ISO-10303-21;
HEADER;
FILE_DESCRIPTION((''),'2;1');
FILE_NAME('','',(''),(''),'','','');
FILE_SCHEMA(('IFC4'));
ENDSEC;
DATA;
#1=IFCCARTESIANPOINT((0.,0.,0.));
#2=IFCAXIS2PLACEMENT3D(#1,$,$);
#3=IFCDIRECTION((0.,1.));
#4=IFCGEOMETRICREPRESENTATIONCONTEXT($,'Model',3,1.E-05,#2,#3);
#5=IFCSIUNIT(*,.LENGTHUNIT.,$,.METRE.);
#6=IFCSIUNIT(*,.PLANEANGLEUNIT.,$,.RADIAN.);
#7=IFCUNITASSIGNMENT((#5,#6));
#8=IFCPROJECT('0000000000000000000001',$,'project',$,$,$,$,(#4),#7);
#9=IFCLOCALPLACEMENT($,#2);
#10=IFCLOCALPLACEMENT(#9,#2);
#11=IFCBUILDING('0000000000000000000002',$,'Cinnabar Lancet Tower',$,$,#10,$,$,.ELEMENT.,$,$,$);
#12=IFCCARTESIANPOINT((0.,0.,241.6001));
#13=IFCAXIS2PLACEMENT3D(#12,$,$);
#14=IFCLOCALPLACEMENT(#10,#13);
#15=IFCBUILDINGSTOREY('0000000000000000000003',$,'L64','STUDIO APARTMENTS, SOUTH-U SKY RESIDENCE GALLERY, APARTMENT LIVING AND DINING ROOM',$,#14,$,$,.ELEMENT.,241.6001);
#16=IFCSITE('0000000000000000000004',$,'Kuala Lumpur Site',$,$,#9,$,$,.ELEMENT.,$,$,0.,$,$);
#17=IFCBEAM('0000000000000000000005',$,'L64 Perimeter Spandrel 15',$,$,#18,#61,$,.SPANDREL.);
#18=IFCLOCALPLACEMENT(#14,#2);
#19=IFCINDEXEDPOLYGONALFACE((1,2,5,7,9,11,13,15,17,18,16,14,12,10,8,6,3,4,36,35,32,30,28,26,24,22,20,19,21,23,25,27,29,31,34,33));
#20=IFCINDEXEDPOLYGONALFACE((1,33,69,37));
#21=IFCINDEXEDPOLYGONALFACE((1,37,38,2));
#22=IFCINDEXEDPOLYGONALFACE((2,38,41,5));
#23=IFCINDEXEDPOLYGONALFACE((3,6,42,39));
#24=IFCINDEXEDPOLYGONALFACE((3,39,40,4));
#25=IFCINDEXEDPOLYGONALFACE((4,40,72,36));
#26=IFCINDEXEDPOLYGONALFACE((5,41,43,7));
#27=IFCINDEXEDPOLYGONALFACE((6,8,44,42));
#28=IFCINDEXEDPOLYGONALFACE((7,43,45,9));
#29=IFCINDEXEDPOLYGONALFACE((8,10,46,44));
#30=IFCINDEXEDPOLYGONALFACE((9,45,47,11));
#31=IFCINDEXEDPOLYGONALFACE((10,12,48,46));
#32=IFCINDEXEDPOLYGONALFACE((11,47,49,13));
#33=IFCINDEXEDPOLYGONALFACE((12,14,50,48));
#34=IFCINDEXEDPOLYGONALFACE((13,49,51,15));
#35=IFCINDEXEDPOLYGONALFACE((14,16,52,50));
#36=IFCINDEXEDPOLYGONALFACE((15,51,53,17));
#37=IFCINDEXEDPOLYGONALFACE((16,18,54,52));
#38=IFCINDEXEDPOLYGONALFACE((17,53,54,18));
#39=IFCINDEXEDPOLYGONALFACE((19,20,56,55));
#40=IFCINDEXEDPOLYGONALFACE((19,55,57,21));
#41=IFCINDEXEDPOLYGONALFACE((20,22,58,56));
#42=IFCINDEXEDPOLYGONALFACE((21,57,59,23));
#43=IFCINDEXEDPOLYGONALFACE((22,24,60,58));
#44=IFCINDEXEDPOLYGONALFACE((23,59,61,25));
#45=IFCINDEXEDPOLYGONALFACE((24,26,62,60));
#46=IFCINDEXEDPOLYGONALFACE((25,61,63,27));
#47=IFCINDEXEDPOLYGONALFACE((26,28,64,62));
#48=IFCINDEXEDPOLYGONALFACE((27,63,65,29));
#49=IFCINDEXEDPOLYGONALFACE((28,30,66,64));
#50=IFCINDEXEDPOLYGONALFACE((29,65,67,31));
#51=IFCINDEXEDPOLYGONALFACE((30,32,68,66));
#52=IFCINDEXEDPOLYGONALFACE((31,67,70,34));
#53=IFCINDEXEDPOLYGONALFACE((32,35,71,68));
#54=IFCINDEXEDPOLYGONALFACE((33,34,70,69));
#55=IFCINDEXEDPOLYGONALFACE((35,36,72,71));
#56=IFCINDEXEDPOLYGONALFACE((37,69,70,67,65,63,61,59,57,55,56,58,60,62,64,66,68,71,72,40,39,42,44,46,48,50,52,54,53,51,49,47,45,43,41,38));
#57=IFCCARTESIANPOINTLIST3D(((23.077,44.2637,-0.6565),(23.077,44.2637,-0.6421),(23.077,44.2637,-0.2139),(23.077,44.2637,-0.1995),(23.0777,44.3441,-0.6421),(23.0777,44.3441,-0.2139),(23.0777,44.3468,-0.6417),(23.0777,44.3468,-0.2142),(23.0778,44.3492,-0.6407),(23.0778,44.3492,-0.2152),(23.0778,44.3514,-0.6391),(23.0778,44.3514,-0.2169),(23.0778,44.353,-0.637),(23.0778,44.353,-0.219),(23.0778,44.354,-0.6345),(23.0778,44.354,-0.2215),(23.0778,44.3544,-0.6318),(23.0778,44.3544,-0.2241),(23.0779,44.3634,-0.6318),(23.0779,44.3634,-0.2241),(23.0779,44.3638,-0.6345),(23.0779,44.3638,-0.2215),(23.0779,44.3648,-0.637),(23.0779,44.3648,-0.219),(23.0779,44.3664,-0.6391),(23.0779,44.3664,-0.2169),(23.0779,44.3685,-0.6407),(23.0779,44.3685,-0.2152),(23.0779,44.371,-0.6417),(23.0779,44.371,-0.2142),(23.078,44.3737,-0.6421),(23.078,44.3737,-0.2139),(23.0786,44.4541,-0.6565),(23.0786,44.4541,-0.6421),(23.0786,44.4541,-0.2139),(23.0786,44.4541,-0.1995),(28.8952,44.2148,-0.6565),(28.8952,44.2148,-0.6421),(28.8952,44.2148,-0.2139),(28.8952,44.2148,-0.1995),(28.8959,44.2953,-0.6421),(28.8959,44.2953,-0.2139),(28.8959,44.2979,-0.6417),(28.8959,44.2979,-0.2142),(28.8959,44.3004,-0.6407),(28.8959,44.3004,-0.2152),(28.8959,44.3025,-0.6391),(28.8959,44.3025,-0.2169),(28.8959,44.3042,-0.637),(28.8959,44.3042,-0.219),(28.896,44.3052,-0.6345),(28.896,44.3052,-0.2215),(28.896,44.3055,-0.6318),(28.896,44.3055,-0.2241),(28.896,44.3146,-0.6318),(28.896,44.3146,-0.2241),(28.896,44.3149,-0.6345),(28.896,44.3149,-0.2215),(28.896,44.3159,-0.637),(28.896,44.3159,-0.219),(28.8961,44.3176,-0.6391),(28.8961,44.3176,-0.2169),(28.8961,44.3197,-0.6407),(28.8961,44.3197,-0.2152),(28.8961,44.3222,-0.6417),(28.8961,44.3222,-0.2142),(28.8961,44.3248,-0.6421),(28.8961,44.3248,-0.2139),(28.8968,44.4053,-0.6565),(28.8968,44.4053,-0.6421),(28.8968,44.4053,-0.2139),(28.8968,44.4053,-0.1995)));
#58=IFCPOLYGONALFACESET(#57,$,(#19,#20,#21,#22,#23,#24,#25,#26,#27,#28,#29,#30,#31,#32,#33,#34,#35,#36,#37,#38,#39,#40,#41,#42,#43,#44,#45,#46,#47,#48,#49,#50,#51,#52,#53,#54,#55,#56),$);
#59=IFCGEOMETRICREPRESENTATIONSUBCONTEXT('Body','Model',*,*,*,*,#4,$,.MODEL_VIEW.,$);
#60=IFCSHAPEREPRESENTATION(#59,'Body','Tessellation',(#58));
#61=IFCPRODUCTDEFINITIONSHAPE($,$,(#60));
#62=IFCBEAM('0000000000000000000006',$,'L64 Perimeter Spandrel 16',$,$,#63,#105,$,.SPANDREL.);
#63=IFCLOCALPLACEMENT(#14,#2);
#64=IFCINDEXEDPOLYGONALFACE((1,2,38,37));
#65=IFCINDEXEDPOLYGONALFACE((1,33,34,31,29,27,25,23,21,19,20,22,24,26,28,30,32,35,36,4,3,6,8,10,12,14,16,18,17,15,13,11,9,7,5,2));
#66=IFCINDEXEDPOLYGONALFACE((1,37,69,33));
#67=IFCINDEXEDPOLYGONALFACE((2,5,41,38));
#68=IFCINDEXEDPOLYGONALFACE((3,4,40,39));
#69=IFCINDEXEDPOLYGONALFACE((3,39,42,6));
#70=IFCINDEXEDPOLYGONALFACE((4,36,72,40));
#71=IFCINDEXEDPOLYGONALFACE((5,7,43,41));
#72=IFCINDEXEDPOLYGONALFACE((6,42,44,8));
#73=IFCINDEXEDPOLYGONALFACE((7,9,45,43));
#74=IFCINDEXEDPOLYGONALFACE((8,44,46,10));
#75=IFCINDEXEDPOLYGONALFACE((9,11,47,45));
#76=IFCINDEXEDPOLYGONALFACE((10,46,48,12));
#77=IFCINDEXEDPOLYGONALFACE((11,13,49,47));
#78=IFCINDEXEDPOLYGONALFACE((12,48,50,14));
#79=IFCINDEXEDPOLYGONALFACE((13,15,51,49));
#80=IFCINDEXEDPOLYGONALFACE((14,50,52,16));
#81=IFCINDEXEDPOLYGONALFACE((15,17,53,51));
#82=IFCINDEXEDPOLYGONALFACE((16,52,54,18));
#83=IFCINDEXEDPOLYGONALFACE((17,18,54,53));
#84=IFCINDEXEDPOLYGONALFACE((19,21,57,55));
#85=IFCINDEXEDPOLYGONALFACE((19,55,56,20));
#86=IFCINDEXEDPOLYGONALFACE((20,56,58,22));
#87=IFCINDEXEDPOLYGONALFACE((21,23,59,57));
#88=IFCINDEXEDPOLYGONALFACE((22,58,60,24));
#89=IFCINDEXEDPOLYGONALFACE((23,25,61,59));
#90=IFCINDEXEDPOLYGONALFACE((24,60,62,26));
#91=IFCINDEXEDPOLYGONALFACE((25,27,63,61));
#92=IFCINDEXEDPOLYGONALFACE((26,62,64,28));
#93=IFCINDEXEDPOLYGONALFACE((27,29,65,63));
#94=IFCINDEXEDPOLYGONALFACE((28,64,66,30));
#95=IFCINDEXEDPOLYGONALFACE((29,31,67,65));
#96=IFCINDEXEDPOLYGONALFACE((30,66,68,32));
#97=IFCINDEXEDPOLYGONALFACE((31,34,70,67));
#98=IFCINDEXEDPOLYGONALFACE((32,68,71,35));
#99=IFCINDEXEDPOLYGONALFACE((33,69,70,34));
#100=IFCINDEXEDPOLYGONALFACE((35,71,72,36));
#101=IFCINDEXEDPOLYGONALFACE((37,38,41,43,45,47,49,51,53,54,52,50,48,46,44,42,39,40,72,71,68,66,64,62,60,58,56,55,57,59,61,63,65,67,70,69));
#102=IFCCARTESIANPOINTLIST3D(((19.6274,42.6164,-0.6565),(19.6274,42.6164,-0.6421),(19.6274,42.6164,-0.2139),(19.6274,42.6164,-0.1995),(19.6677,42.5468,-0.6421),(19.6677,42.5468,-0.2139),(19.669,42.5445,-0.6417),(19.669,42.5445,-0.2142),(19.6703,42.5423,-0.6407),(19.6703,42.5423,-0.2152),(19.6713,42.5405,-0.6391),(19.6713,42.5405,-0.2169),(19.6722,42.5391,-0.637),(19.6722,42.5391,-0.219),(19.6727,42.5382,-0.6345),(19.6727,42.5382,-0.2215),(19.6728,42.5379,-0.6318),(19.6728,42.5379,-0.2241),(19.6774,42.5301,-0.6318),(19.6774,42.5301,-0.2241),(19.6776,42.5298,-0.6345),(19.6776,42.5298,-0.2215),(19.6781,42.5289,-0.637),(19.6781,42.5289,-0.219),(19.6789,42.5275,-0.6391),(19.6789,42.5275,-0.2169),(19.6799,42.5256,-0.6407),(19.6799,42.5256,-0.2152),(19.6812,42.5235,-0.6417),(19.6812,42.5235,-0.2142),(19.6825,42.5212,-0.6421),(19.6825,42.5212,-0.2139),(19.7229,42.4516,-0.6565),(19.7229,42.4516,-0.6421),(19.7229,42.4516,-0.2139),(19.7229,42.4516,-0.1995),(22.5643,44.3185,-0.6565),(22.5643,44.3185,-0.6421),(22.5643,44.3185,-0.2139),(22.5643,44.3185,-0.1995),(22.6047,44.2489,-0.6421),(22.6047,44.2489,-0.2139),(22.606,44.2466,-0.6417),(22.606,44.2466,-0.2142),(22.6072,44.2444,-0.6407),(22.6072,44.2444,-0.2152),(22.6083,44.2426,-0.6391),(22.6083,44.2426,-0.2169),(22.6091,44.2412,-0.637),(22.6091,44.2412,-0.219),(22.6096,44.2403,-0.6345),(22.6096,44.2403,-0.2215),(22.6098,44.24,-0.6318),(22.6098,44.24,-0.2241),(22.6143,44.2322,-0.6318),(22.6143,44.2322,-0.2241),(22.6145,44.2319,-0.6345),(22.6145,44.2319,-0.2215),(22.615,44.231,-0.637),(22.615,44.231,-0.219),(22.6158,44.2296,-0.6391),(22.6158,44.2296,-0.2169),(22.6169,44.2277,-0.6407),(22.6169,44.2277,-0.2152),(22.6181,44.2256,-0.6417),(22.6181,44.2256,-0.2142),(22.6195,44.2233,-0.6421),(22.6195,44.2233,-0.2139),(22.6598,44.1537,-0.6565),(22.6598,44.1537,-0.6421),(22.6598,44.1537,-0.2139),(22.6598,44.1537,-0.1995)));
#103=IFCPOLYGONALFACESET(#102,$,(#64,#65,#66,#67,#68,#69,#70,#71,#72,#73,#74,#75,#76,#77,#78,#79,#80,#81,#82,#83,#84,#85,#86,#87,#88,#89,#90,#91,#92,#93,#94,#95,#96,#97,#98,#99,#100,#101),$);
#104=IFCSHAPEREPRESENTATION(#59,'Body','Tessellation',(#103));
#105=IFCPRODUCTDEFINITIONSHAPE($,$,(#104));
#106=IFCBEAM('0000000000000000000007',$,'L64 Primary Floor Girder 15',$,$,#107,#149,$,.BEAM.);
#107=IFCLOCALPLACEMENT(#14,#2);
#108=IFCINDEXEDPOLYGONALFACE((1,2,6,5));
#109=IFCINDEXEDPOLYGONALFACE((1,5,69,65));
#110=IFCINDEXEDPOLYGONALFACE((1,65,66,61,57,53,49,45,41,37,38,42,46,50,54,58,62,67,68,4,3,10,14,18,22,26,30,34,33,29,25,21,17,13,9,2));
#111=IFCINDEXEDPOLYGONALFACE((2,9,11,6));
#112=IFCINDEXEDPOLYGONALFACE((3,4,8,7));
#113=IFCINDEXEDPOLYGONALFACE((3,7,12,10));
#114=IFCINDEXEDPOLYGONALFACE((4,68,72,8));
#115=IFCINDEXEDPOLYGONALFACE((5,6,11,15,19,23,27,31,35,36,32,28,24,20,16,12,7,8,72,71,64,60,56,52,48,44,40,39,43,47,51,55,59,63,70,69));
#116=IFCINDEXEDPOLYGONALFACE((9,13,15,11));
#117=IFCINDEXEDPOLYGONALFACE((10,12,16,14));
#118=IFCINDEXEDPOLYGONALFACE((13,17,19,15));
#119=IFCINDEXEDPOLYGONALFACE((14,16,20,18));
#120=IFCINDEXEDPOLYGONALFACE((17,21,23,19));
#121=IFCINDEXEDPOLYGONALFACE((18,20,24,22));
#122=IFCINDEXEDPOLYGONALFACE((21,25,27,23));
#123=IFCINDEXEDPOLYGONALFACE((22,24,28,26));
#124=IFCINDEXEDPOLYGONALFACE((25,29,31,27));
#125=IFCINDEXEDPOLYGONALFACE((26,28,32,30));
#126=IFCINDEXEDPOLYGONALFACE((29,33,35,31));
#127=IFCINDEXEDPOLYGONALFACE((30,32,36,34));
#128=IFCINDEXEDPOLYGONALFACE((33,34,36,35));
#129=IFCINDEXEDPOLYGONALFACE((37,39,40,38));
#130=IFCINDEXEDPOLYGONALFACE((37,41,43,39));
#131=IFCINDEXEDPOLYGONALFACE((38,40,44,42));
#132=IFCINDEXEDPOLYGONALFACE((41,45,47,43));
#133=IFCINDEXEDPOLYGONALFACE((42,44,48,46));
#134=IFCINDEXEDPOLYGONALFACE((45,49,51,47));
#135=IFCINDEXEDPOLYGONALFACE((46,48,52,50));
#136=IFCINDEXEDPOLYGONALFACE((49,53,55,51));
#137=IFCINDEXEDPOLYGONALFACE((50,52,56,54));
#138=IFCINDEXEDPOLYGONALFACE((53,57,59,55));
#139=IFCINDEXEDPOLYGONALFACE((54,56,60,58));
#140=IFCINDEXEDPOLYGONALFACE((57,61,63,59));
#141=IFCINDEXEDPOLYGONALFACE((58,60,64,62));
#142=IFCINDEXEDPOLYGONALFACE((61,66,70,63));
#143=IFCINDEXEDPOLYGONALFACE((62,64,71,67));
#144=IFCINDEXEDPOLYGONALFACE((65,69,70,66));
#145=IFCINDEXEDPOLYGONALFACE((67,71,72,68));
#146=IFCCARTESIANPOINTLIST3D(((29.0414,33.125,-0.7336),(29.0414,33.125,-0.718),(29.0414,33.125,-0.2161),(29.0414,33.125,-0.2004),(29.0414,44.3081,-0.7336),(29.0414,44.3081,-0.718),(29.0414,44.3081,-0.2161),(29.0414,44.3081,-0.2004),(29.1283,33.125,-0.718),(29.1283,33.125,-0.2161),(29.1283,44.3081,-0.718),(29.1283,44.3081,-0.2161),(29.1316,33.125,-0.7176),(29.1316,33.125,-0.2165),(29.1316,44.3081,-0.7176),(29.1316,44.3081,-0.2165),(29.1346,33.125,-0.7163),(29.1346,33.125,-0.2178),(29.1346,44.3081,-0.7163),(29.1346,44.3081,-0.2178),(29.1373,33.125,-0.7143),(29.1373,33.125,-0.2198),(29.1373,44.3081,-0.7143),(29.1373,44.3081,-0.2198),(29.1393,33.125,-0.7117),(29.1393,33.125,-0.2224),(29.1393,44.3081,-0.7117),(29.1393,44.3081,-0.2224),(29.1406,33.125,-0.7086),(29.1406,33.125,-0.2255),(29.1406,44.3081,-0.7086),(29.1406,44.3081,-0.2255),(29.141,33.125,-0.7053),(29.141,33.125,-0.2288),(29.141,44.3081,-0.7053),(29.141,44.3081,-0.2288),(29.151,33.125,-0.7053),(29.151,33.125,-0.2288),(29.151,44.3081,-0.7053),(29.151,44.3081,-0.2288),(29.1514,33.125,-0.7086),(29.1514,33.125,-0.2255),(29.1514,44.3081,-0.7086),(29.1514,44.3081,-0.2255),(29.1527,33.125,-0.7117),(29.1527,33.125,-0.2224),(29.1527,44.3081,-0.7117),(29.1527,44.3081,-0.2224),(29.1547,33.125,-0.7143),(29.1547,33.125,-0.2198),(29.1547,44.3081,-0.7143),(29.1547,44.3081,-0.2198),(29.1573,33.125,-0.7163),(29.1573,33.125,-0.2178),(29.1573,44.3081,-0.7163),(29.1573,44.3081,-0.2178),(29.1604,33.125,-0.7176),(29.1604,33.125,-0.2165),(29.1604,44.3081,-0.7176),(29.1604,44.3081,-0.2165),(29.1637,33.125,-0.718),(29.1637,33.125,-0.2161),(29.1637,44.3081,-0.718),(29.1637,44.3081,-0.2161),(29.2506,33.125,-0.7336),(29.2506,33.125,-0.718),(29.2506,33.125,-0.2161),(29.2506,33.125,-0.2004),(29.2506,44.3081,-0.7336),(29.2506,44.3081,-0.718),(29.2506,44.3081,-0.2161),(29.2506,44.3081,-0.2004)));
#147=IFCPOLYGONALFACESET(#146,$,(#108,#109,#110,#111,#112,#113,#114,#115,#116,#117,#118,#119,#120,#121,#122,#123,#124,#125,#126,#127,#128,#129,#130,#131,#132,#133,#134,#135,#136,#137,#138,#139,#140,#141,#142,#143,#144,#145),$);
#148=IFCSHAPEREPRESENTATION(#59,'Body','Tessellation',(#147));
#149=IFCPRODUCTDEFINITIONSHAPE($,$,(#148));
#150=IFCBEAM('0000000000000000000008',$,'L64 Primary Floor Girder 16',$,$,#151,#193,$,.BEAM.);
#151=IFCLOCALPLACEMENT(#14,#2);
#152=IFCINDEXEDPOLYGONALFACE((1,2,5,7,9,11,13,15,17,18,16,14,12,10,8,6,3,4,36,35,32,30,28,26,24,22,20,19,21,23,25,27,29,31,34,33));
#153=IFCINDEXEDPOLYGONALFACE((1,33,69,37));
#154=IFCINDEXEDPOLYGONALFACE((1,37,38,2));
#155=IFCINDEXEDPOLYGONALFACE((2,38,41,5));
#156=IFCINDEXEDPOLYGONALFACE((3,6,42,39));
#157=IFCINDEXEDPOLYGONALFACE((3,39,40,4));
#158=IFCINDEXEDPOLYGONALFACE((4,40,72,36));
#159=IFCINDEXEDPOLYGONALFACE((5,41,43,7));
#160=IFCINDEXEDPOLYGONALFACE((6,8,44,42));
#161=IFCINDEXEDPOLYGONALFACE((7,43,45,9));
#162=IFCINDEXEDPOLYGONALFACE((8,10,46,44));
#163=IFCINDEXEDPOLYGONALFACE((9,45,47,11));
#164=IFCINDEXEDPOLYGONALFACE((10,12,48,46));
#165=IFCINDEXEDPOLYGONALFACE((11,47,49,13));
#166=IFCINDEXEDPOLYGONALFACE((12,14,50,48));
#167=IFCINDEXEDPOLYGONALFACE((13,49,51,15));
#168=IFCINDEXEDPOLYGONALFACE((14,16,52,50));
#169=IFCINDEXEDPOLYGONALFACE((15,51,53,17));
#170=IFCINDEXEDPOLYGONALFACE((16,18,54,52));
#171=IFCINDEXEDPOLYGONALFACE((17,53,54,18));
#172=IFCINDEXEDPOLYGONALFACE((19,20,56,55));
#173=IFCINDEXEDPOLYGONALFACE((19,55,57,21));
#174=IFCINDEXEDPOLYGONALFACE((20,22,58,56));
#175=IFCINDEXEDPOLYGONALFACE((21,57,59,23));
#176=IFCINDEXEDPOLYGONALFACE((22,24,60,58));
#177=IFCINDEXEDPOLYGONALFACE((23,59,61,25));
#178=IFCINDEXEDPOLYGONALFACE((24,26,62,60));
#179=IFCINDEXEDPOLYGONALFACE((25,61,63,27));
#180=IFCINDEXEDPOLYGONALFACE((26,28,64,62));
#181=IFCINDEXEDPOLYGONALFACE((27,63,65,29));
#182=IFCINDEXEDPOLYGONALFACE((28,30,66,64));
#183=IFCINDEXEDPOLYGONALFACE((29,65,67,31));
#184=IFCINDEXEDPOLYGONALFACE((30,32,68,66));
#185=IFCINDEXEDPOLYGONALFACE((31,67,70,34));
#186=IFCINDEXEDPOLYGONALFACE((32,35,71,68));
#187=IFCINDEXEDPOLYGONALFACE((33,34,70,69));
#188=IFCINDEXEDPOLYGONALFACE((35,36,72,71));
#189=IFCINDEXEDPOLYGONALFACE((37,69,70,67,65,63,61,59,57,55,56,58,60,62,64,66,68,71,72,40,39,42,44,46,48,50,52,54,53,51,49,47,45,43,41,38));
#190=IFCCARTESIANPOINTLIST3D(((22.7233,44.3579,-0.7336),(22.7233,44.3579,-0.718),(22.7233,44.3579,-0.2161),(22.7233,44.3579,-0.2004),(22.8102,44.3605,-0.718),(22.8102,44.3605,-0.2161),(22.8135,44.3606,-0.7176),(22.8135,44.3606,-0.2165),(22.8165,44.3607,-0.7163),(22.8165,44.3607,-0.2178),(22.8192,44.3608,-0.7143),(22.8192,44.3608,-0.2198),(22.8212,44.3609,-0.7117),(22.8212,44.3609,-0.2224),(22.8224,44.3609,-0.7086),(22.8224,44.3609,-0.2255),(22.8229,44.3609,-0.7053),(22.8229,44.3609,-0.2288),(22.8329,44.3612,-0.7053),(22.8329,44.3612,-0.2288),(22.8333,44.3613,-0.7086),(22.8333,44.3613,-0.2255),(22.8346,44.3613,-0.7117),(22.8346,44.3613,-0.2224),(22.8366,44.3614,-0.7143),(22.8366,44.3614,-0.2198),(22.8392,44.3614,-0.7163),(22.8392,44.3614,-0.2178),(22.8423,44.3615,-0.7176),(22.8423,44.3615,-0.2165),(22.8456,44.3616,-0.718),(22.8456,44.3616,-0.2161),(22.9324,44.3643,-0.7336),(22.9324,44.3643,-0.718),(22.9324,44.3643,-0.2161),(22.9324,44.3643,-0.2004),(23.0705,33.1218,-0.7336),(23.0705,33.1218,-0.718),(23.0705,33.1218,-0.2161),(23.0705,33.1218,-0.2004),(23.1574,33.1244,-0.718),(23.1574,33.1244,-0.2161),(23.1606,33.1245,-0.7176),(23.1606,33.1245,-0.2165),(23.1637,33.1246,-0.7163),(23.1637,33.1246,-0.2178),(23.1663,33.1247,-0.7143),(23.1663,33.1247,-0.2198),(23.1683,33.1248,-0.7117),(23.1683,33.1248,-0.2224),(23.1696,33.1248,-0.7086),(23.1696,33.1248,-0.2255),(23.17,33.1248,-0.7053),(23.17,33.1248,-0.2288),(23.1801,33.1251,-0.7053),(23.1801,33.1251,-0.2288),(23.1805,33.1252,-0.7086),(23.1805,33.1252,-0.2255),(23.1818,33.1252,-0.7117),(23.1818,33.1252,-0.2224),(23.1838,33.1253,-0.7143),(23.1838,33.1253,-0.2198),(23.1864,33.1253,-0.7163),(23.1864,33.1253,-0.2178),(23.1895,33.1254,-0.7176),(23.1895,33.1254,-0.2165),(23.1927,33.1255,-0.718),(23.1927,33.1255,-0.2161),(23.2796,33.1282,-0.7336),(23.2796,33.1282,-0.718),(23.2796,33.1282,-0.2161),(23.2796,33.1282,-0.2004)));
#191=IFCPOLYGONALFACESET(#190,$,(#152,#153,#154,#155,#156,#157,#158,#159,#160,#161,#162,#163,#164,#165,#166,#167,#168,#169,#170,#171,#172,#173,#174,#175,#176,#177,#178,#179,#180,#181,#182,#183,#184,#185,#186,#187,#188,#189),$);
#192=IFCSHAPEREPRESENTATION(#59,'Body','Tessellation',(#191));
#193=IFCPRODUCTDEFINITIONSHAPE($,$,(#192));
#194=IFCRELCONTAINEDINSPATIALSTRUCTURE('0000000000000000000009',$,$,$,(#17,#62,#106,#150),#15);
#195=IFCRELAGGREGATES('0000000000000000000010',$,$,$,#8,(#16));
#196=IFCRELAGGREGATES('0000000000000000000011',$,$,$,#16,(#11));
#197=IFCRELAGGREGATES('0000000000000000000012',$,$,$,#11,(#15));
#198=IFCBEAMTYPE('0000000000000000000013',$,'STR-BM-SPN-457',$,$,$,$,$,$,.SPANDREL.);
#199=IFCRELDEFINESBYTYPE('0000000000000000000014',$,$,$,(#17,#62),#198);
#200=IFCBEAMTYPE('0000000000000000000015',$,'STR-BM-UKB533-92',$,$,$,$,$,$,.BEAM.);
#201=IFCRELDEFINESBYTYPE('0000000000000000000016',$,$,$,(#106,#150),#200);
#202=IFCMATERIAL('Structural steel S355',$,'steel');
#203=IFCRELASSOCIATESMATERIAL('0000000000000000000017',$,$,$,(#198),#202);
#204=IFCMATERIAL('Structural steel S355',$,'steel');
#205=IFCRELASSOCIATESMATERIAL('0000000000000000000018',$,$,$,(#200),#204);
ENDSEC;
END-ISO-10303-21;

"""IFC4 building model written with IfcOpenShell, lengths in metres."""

from ifc_helpers import new_model, si_unit, direction, frame, origin, origin_2d, place, context, subcontext, project, spatial, i_section, extrude, material, material_profile, profile_set, type_object, element, save


model = new_model("IFC4")

# Units and contexts
model_context = context("Model", 3, precision=1e-05, world=origin(), true_north=direction((0.0, 1.0)))
body_context = subcontext(model_context, "Body", "Model", "MODEL_VIEW")
ifc_project = project(units=[si_unit("LENGTHUNIT", "METRE"), si_unit("PLANEANGLEUNIT", "RADIAN")], contexts=[model_context])

# Site, building, storey
site_placement = place(None, origin())
site = spatial("IfcSite", under=ifc_project, at=site_placement, Name="Kuala Lumpur Site", CompositionType="ELEMENT", RefElevation=0.0)
building_placement = place(site_placement, origin())
building = spatial("IfcBuilding", under=site, at=building_placement, Name="Cinnabar Lancet Tower", CompositionType="ELEMENT")
storey_placement = place(building_placement, frame((0.0, 0.0, 241.6001)))
storey = spatial("IfcBuildingStorey", under=building, at=storey_placement, Name="L64", Description="STUDIO APARTMENTS, SOUTH-U SKY RESIDENCE GALLERY, APARTMENT LIVING AND DINING ROOM", CompositionType="ELEMENT", Elevation=241.6001)

# Beams
ifc_material_1 = material(Name="Structural steel S355", Category="steel")
ifc_material_profile_1 = material_profile(ifc_material_1, i_section(OverallWidth=0.1904, OverallDepth=0.457, WebThickness=0.009, FlangeThickness=0.0144, FilletRadius=0.0103, at=origin_2d()), Name="UKB 457x191x74")
ifc_profile_set_1 = profile_set([ifc_material_profile_1], Name="Structural steel S355")
beam_type_1 = type_object("IfcBeamType", Name="STR-BM-SPN-457", PredefinedType="SPANDREL", material=ifc_profile_set_1)
beam_1_placement = place(storey_placement, frame((28.896, 44.3101, -0.428), z_axis=(-0.999965, 0.008392, 0.0), x_axis=(-0.008392, -0.999965, 0.0)))
element("IfcBeam", 1, at=beam_1_placement, inside=storey, type_object=beam_type_1, Name="L64 Perimeter Spandrel 15", PredefinedType="SPANDREL", context=body_context, shape_type="SweptSolid", body=[
    extrude(i_section(OverallWidth=0.1904, OverallDepth=0.457, WebThickness=0.009, FlangeThickness=0.0144, FilletRadius=0.0103, at=origin_2d()), origin(), (0.0, 0.0, 1.0), 5.8184),
])
beam_2_placement = place(storey_placement, frame((22.6121, 44.2361, -0.428), z_axis=(-0.8652, -0.501427, 0.0), x_axis=(0.501427, -0.8652, 0.0)))
element("IfcBeam", 2, at=beam_2_placement, inside=storey, type_object=beam_type_1, Name="L64 Perimeter Spandrel 16", PredefinedType="SPANDREL", context=body_context, shape_type="SweptSolid", body=[
    extrude(i_section(OverallWidth=0.1904, OverallDepth=0.457, WebThickness=0.009, FlangeThickness=0.0144, FilletRadius=0.0103, at=origin_2d()), origin(), (0.0, 0.0, 1.0), 3.3945),
])
ifc_material_2 = material(Name="Structural steel S355", Category="steel")
ifc_material_profile_2 = material_profile(ifc_material_2, i_section(OverallWidth=0.2092, OverallDepth=0.5332, WebThickness=0.01, FlangeThickness=0.0156, FilletRadius=0.0127, at=origin_2d()), Name="UKB 533x210x92")
ifc_profile_set_2 = profile_set([ifc_material_profile_2], Name="Structural steel S355")
beam_type_2 = type_object("IfcBeamType", Name="STR-BM-UKB533-92", PredefinedType="BEAM", material=ifc_profile_set_2)
beam_3_placement = place(storey_placement, frame((29.146, 44.3081, -0.467), z_axis=(0.0, -1.0, 0.0), x_axis=(1.0, 0.0, 0.0)))
element("IfcBeam", 3, at=beam_3_placement, inside=storey, type_object=beam_type_2, Name="L64 Primary Floor Girder 15", PredefinedType="BEAM", context=body_context, shape_type="SweptSolid", body=[
    extrude(i_section(OverallWidth=0.2092, OverallDepth=0.5332, WebThickness=0.01, FlangeThickness=0.0156, FilletRadius=0.0127, at=origin_2d()), origin(), (0.0, 0.0, 1.0), 11.1831),
])
beam_4_placement = place(storey_placement, frame((22.8279, 44.3611, -0.467), z_axis=(0.030883, -0.999523, 0.0), x_axis=(0.999523, 0.030883, 0.0)))
element("IfcBeam", 4, at=beam_4_placement, inside=storey, type_object=beam_type_2, Name="L64 Primary Floor Girder 16", PredefinedType="BEAM", context=body_context, shape_type="SweptSolid", body=[
    extrude(i_section(OverallWidth=0.2092, OverallDepth=0.5332, WebThickness=0.01, FlangeThickness=0.0156, FilletRadius=0.0127, at=origin_2d()), origin(), (0.0, 0.0, 1.0), 11.2415),
])

save(model, "model.ifc")
